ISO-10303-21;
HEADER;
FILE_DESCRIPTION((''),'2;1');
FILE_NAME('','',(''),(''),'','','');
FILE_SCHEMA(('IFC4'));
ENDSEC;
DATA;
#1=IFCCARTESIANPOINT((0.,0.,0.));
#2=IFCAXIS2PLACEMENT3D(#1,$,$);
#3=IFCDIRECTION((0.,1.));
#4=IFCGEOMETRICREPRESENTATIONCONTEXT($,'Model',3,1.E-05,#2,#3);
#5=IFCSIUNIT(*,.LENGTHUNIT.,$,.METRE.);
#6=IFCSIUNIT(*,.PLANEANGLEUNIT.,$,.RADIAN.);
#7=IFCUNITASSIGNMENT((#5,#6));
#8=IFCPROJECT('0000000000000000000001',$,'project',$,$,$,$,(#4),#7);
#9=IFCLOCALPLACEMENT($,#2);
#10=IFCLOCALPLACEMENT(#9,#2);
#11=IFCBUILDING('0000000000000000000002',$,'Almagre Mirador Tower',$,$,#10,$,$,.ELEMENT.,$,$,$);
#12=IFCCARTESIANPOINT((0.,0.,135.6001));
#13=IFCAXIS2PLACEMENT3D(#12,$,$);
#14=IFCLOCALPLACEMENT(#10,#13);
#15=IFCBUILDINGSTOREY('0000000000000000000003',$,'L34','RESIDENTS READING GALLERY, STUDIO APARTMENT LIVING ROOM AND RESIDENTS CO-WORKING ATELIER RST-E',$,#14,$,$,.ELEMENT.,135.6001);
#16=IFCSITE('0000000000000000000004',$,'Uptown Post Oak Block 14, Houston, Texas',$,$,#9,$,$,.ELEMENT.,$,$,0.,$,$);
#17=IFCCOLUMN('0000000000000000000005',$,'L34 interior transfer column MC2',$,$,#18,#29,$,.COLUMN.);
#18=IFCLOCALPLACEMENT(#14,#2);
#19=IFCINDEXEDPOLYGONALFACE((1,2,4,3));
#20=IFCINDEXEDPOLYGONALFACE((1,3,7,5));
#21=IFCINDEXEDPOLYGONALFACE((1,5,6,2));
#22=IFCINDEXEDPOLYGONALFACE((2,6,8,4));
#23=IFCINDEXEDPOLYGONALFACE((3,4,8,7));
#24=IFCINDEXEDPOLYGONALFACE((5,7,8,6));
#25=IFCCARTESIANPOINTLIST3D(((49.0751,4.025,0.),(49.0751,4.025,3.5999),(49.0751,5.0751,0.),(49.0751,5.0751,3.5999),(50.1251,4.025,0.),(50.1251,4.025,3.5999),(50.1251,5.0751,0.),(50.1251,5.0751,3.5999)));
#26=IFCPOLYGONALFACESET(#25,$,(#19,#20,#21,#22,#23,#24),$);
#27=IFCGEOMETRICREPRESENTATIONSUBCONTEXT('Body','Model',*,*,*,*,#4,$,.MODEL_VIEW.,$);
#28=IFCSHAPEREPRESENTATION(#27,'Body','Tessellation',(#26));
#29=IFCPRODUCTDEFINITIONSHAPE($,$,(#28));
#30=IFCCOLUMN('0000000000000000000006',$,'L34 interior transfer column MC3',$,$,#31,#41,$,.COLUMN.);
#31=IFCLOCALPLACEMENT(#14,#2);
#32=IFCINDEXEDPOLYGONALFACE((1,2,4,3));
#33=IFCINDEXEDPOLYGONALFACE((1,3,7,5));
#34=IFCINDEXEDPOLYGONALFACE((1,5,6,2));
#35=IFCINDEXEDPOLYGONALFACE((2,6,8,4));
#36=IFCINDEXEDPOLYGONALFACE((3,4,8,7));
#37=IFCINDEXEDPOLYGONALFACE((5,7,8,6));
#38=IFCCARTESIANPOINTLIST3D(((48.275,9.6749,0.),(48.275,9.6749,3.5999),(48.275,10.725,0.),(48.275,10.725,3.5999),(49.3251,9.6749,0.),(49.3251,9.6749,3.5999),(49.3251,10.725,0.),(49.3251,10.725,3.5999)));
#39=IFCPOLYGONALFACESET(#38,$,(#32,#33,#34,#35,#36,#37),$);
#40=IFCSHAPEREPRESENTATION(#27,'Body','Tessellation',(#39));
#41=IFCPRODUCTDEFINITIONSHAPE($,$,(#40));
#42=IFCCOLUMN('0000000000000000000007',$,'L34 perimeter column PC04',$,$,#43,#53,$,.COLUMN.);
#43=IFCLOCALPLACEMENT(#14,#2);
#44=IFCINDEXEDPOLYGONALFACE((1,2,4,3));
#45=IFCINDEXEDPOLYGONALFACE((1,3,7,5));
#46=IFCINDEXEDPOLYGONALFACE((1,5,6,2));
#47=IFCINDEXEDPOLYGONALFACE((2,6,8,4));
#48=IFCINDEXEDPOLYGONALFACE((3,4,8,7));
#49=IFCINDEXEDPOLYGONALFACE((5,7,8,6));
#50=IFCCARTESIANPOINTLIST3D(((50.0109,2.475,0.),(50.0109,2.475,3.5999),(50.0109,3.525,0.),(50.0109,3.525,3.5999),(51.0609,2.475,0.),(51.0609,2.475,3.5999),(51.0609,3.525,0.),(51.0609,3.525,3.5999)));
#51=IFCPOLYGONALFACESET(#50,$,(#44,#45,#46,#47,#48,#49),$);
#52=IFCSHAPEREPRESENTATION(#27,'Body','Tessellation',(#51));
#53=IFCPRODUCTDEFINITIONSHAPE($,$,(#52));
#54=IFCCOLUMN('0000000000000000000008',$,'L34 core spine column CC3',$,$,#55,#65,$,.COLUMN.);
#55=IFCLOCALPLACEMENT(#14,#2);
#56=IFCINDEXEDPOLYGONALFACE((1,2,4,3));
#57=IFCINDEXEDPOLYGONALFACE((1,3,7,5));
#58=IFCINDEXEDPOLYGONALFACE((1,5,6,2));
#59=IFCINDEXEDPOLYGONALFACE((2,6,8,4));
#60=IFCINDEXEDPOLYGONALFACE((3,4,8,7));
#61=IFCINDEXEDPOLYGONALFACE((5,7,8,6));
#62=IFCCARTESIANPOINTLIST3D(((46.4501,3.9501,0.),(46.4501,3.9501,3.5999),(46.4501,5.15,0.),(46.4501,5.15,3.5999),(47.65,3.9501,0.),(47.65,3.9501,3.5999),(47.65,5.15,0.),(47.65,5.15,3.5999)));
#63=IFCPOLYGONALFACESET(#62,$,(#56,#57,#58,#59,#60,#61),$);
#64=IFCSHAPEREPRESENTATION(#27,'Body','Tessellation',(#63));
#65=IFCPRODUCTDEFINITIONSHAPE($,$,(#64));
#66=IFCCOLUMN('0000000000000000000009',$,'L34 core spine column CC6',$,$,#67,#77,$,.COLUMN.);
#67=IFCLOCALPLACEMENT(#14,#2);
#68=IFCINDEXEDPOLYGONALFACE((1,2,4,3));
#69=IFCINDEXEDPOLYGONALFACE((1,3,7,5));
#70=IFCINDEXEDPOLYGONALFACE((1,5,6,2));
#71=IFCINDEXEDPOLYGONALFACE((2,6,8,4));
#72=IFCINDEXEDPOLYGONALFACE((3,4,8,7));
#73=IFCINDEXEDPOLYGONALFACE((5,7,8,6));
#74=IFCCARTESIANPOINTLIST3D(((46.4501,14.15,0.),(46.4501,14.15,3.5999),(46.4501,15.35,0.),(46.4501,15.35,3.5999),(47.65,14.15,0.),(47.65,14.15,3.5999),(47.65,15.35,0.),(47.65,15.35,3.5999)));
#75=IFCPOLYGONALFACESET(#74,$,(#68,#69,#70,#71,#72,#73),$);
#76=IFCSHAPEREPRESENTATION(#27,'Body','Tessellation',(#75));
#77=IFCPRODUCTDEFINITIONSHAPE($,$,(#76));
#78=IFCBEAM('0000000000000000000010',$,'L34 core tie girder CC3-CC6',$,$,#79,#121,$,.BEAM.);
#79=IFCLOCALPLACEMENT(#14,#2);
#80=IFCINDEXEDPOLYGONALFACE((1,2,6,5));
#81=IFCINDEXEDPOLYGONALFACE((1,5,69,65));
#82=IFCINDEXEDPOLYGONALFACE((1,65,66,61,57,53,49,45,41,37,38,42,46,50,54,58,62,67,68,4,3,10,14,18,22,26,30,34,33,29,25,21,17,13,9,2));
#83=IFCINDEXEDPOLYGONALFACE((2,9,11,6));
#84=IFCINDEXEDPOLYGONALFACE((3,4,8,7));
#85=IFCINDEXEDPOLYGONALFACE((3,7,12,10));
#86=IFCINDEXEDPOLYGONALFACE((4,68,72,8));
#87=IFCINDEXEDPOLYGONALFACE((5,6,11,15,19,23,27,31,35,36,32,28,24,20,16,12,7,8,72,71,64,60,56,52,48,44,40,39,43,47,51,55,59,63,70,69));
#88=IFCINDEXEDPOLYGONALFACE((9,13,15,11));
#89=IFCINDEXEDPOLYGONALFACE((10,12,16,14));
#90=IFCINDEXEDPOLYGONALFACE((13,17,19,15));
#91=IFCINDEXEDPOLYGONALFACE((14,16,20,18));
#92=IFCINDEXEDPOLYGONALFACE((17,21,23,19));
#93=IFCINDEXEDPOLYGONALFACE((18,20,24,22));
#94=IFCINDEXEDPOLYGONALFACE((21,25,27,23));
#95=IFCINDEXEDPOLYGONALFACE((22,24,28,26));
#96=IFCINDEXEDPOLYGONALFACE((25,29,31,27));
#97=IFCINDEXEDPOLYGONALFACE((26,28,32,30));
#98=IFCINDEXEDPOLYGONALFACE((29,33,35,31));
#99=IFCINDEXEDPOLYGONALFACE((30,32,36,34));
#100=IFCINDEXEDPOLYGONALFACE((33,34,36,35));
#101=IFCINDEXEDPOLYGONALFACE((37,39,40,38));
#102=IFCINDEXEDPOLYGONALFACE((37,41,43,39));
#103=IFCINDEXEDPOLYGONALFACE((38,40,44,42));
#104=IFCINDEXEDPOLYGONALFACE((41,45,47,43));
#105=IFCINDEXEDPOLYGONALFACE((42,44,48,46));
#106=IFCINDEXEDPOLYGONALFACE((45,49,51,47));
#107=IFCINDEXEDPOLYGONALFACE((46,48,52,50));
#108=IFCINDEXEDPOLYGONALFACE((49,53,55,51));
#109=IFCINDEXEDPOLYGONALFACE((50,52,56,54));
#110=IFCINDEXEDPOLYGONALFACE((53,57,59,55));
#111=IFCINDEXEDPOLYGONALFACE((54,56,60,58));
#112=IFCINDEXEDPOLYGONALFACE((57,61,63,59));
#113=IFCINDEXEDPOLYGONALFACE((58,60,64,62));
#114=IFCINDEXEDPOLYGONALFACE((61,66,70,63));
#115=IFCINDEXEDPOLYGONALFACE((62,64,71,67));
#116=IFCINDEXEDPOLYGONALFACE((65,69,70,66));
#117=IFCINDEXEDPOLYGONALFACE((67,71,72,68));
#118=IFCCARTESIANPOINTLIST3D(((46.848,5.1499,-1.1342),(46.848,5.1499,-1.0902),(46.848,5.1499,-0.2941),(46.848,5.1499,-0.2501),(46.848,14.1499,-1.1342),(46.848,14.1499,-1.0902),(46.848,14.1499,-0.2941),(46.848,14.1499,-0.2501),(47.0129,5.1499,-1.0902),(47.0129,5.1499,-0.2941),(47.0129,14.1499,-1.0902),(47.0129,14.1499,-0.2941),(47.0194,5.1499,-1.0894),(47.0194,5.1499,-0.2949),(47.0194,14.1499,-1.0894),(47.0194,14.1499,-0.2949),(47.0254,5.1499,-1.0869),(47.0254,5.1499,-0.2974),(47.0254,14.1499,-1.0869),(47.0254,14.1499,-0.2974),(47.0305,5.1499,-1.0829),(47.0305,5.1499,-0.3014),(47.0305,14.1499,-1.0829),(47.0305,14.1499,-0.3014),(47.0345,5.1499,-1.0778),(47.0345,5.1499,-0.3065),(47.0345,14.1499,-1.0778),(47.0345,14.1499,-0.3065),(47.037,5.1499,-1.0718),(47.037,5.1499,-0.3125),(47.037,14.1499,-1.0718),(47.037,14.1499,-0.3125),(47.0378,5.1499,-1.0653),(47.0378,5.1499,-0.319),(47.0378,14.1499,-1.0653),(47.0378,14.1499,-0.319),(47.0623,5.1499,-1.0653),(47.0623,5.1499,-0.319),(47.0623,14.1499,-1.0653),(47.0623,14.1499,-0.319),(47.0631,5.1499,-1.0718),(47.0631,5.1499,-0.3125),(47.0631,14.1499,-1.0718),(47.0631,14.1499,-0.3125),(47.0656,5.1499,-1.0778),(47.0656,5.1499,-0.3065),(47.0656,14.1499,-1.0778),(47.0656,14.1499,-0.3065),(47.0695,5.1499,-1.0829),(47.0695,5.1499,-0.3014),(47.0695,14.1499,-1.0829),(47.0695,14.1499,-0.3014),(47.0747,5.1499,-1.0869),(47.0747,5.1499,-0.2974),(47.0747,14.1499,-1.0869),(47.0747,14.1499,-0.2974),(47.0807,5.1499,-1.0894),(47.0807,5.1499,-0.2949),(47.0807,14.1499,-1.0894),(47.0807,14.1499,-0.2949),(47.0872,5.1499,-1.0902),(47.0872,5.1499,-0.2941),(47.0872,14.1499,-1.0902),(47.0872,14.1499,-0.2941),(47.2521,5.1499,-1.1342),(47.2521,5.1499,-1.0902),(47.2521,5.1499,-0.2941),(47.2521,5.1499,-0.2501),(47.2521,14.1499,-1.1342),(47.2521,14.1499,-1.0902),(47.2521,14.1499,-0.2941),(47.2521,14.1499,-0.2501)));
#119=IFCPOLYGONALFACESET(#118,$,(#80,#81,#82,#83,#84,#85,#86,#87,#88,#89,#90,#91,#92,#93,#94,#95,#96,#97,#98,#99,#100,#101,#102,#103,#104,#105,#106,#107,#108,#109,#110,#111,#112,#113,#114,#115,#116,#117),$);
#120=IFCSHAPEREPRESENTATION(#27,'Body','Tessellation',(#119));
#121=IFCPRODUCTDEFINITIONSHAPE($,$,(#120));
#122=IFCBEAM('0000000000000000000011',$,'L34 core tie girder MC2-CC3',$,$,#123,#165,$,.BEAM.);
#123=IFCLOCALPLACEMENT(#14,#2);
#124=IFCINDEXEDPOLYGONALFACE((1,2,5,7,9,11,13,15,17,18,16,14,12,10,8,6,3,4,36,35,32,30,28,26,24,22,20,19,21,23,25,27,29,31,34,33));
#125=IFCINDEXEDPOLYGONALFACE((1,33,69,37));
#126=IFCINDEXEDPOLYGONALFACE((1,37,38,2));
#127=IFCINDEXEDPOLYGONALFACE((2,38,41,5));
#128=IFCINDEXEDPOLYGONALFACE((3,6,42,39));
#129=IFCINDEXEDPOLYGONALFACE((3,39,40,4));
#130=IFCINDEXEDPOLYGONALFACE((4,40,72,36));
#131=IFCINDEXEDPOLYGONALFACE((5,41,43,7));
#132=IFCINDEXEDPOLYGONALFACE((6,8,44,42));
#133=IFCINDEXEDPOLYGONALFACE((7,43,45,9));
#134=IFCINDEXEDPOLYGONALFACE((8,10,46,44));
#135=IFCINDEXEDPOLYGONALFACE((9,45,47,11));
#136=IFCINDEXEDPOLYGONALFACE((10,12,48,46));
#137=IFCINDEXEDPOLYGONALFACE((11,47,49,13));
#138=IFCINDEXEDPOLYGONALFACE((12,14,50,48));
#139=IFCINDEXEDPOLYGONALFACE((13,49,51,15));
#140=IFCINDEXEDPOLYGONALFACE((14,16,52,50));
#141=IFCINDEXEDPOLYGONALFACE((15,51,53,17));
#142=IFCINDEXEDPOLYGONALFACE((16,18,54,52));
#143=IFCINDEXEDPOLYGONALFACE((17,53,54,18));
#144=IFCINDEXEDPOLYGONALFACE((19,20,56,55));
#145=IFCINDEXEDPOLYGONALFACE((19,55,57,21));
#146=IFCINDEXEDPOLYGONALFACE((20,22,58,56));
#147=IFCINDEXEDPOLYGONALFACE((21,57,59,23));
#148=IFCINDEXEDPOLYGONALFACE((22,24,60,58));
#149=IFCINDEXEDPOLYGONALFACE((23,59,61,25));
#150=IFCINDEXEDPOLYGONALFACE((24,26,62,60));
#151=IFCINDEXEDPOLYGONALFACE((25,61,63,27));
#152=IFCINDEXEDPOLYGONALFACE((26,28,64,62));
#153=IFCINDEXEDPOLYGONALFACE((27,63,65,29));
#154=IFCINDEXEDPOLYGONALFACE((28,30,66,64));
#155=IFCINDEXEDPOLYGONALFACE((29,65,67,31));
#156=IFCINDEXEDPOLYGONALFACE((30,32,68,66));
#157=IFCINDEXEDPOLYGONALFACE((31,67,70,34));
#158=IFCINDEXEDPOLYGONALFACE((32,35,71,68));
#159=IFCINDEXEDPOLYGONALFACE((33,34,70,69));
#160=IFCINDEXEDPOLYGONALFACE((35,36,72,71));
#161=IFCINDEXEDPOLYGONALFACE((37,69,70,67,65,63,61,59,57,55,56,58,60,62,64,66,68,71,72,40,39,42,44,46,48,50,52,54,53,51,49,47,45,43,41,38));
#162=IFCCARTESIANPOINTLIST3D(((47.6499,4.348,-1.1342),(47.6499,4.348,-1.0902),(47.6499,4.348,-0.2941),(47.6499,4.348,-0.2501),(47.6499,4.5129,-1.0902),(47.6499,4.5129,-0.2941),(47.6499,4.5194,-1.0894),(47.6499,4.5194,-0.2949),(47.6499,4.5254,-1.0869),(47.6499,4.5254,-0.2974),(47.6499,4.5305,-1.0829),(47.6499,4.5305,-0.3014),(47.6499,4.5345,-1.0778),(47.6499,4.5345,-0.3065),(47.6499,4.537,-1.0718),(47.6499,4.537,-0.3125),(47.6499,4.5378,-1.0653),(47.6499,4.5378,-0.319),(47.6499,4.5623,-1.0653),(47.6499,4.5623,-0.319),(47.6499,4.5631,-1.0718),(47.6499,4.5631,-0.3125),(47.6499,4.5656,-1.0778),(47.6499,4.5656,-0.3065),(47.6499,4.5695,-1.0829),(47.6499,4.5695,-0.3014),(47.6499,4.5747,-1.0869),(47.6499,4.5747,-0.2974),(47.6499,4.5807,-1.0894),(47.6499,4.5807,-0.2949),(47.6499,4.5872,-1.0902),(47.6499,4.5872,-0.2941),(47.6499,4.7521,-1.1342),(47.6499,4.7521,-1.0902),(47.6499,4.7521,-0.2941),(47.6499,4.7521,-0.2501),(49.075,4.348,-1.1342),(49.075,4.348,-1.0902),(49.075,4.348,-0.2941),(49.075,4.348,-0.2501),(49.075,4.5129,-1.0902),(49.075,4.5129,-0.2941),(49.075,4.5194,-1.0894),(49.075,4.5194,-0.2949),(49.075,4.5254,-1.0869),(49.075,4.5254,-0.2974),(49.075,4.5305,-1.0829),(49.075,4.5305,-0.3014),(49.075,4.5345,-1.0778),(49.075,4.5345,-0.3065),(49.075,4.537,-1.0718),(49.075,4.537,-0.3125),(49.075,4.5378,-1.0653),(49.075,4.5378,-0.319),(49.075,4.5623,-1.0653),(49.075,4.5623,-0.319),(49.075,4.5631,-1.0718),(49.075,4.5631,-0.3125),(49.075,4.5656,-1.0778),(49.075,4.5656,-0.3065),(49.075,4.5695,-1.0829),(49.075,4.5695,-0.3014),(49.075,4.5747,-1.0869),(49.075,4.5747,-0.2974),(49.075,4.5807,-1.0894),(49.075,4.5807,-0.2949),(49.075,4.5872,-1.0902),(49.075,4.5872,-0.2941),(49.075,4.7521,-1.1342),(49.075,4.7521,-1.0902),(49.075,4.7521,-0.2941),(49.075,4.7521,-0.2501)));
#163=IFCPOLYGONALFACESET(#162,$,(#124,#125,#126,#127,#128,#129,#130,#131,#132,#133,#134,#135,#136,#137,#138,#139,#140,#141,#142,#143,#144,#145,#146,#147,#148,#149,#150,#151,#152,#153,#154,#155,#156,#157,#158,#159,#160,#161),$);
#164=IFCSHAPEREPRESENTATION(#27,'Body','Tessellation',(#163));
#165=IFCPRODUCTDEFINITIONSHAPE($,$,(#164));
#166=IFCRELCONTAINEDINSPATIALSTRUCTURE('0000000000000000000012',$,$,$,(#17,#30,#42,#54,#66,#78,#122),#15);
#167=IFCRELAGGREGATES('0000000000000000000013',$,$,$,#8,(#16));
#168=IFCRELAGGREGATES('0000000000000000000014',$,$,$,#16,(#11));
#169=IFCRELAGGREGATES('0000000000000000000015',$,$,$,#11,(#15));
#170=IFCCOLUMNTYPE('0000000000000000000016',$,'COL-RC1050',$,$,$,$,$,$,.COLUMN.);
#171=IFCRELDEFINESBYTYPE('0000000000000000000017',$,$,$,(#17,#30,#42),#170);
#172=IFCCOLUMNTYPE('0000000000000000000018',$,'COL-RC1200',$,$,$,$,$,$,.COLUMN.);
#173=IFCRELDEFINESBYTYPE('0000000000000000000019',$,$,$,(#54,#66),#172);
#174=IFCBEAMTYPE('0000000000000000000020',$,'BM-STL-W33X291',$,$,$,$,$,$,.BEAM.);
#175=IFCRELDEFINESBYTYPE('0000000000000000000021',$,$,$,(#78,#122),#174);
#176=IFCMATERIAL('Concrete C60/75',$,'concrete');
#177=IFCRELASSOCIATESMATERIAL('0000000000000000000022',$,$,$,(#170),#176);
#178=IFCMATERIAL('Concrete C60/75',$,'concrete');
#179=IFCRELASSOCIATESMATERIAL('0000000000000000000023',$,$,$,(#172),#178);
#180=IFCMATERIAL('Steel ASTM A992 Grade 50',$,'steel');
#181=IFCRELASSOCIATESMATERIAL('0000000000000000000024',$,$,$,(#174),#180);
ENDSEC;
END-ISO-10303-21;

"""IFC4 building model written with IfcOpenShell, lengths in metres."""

from ifc_helpers import new_model, si_unit, direction, frame, origin, origin_2d, place, context, subcontext, project, spatial, rectangle, i_section, extrude, material, material_profile, profile_set, type_object, element, save


model = new_model("IFC4")

# Units and contexts
model_context = context("Model", 3, precision=1e-05, world=origin(), true_north=direction((0.0, 1.0)))
body_context = subcontext(model_context, "Body", "Model", "MODEL_VIEW")
ifc_project = project(units=[si_unit("LENGTHUNIT", "METRE"), si_unit("PLANEANGLEUNIT", "RADIAN")], contexts=[model_context])

# Site, building, storey
site_placement = place(None, origin())
site = spatial("IfcSite", under=ifc_project, at=site_placement, Name="Uptown Post Oak Block 14, Houston, Texas", CompositionType="ELEMENT", RefElevation=0.0)
building_placement = place(site_placement, origin())
building = spatial("IfcBuilding", under=site, at=building_placement, Name="Almagre Mirador Tower", CompositionType="ELEMENT")
storey_placement = place(building_placement, frame((0.0, 0.0, 135.6001)))
storey = spatial("IfcBuildingStorey", under=building, at=storey_placement, Name="L34", Description="RESIDENTS READING GALLERY, STUDIO APARTMENT LIVING ROOM AND RESIDENTS CO-WORKING ATELIER RST-E", CompositionType="ELEMENT", Elevation=135.6001)

# Columns
ifc_material_1 = material(Name="Concrete C60/75", Category="concrete")
ifc_material_profile_1 = material_profile(ifc_material_1, rectangle(XDim=1.05, YDim=1.05, at=origin_2d()), Name="RC1050X1050")
ifc_profile_set_1 = profile_set([ifc_material_profile_1], Name="Concrete C60/75")
column_type_1 = type_object("IfcColumnType", Name="COL-RC1050", PredefinedType="COLUMN", material=ifc_profile_set_1)
for number, where, z_axis, x_axis, name in (
    (1, (49.6001, 4.55, 0.0), (0.0, 0.0, 1.0), (1.0, 0.0, 0.0), "L34 interior transfer column MC2"),
    (2, (48.8, 10.2, 0.0), (0.0, 0.0, 1.0), (1.0, 0.0, 0.0), "L34 interior transfer column MC3"),
    (3, (50.5359, 3.0, 0.0), (0.0, 0.0, 1.0), (1.0, 0.0, 0.0), "L34 perimeter column PC04"),
):
    element("IfcColumn", number, at=place(storey_placement, frame(where, z_axis=z_axis, x_axis=x_axis)), inside=storey, type_object=column_type_1, Name=name, PredefinedType="COLUMN", context=body_context, shape_type="SweptSolid", body=[
        extrude(rectangle(XDim=1.05, YDim=1.05, at=origin_2d()), origin(), (0.0, 0.0, 1.0), 3.5999),
    ])
ifc_material_2 = material(Name="Concrete C60/75", Category="concrete")
ifc_material_profile_2 = material_profile(ifc_material_2, rectangle(XDim=1.2, YDim=1.2, at=origin_2d()), Name="RC1200X1200")
ifc_profile_set_2 = profile_set([ifc_material_profile_2], Name="Concrete C60/75")
column_type_2 = type_object("IfcColumnType", Name="COL-RC1200", PredefinedType="COLUMN", material=ifc_profile_set_2)
for number, where, z_axis, x_axis, name in (
    (4, (47.05, 4.55, 0.0), (0.0, 0.0, 1.0), (1.0, 0.0, 0.0), "L34 core spine column CC3"),
    (5, (47.05, 14.75, 0.0), (0.0, 0.0, 1.0), (1.0, 0.0, 0.0), "L34 core spine column CC6"),
):
    element("IfcColumn", number, at=place(storey_placement, frame(where, z_axis=z_axis, x_axis=x_axis)), inside=storey, type_object=column_type_2, Name=name, PredefinedType="COLUMN", context=body_context, shape_type="SweptSolid", body=[
        extrude(rectangle(XDim=1.2, YDim=1.2, at=origin_2d()), origin(), (0.0, 0.0, 1.0), 3.5999),
    ])

# Beams
ifc_material_3 = material(Name="Steel ASTM A992 Grade 50", Category="steel")
ifc_material_profile_3 = material_profile(ifc_material_3, i_section(OverallWidth=0.4041, OverallDepth=0.884, WebThickness=0.0244, FlangeThickness=0.0439, FilletRadius=0.0249, at=origin_2d()), Name="W33X291")
ifc_profile_set_3 = profile_set([ifc_material_profile_3], Name="Steel ASTM A992 Grade 50")
beam_type = type_object("IfcBeamType", Name="BM-STL-W33X291", PredefinedType="BEAM", material=ifc_profile_set_3)
beam_1_placement = place(storey_placement, frame((47.05, 5.1499, -0.6921), z_axis=(0.0, 1.0, 0.0), x_axis=(-1.0, 0.0, 0.0)))
element("IfcBeam", 6, at=beam_1_placement, inside=storey, type_object=beam_type, Name="L34 core tie girder CC3-CC6", PredefinedType="BEAM", context=body_context, shape_type="SweptSolid", body=[
    extrude(i_section(OverallWidth=0.4041, OverallDepth=0.884, WebThickness=0.0244, FlangeThickness=0.0439, FilletRadius=0.0249, at=origin_2d()), origin(), (0.0, 0.0, 1.0), 9.0),
])
beam_2_placement = place(storey_placement, frame((49.075, 4.55, -0.6921), z_axis=(-1.0, 0.0, 0.0), x_axis=(0.0, -1.0, 0.0)))
element("IfcBeam", 7, at=beam_2_placement, inside=storey, type_object=beam_type, Name="L34 core tie girder MC2-CC3", PredefinedType="BEAM", context=body_context, shape_type="SweptSolid", body=[
    extrude(i_section(OverallWidth=0.4041, OverallDepth=0.884, WebThickness=0.0244, FlangeThickness=0.0439, FilletRadius=0.0249, at=origin_2d()), origin(), (0.0, 0.0, 1.0), 1.425),
])

save(model, "model.ifc")
